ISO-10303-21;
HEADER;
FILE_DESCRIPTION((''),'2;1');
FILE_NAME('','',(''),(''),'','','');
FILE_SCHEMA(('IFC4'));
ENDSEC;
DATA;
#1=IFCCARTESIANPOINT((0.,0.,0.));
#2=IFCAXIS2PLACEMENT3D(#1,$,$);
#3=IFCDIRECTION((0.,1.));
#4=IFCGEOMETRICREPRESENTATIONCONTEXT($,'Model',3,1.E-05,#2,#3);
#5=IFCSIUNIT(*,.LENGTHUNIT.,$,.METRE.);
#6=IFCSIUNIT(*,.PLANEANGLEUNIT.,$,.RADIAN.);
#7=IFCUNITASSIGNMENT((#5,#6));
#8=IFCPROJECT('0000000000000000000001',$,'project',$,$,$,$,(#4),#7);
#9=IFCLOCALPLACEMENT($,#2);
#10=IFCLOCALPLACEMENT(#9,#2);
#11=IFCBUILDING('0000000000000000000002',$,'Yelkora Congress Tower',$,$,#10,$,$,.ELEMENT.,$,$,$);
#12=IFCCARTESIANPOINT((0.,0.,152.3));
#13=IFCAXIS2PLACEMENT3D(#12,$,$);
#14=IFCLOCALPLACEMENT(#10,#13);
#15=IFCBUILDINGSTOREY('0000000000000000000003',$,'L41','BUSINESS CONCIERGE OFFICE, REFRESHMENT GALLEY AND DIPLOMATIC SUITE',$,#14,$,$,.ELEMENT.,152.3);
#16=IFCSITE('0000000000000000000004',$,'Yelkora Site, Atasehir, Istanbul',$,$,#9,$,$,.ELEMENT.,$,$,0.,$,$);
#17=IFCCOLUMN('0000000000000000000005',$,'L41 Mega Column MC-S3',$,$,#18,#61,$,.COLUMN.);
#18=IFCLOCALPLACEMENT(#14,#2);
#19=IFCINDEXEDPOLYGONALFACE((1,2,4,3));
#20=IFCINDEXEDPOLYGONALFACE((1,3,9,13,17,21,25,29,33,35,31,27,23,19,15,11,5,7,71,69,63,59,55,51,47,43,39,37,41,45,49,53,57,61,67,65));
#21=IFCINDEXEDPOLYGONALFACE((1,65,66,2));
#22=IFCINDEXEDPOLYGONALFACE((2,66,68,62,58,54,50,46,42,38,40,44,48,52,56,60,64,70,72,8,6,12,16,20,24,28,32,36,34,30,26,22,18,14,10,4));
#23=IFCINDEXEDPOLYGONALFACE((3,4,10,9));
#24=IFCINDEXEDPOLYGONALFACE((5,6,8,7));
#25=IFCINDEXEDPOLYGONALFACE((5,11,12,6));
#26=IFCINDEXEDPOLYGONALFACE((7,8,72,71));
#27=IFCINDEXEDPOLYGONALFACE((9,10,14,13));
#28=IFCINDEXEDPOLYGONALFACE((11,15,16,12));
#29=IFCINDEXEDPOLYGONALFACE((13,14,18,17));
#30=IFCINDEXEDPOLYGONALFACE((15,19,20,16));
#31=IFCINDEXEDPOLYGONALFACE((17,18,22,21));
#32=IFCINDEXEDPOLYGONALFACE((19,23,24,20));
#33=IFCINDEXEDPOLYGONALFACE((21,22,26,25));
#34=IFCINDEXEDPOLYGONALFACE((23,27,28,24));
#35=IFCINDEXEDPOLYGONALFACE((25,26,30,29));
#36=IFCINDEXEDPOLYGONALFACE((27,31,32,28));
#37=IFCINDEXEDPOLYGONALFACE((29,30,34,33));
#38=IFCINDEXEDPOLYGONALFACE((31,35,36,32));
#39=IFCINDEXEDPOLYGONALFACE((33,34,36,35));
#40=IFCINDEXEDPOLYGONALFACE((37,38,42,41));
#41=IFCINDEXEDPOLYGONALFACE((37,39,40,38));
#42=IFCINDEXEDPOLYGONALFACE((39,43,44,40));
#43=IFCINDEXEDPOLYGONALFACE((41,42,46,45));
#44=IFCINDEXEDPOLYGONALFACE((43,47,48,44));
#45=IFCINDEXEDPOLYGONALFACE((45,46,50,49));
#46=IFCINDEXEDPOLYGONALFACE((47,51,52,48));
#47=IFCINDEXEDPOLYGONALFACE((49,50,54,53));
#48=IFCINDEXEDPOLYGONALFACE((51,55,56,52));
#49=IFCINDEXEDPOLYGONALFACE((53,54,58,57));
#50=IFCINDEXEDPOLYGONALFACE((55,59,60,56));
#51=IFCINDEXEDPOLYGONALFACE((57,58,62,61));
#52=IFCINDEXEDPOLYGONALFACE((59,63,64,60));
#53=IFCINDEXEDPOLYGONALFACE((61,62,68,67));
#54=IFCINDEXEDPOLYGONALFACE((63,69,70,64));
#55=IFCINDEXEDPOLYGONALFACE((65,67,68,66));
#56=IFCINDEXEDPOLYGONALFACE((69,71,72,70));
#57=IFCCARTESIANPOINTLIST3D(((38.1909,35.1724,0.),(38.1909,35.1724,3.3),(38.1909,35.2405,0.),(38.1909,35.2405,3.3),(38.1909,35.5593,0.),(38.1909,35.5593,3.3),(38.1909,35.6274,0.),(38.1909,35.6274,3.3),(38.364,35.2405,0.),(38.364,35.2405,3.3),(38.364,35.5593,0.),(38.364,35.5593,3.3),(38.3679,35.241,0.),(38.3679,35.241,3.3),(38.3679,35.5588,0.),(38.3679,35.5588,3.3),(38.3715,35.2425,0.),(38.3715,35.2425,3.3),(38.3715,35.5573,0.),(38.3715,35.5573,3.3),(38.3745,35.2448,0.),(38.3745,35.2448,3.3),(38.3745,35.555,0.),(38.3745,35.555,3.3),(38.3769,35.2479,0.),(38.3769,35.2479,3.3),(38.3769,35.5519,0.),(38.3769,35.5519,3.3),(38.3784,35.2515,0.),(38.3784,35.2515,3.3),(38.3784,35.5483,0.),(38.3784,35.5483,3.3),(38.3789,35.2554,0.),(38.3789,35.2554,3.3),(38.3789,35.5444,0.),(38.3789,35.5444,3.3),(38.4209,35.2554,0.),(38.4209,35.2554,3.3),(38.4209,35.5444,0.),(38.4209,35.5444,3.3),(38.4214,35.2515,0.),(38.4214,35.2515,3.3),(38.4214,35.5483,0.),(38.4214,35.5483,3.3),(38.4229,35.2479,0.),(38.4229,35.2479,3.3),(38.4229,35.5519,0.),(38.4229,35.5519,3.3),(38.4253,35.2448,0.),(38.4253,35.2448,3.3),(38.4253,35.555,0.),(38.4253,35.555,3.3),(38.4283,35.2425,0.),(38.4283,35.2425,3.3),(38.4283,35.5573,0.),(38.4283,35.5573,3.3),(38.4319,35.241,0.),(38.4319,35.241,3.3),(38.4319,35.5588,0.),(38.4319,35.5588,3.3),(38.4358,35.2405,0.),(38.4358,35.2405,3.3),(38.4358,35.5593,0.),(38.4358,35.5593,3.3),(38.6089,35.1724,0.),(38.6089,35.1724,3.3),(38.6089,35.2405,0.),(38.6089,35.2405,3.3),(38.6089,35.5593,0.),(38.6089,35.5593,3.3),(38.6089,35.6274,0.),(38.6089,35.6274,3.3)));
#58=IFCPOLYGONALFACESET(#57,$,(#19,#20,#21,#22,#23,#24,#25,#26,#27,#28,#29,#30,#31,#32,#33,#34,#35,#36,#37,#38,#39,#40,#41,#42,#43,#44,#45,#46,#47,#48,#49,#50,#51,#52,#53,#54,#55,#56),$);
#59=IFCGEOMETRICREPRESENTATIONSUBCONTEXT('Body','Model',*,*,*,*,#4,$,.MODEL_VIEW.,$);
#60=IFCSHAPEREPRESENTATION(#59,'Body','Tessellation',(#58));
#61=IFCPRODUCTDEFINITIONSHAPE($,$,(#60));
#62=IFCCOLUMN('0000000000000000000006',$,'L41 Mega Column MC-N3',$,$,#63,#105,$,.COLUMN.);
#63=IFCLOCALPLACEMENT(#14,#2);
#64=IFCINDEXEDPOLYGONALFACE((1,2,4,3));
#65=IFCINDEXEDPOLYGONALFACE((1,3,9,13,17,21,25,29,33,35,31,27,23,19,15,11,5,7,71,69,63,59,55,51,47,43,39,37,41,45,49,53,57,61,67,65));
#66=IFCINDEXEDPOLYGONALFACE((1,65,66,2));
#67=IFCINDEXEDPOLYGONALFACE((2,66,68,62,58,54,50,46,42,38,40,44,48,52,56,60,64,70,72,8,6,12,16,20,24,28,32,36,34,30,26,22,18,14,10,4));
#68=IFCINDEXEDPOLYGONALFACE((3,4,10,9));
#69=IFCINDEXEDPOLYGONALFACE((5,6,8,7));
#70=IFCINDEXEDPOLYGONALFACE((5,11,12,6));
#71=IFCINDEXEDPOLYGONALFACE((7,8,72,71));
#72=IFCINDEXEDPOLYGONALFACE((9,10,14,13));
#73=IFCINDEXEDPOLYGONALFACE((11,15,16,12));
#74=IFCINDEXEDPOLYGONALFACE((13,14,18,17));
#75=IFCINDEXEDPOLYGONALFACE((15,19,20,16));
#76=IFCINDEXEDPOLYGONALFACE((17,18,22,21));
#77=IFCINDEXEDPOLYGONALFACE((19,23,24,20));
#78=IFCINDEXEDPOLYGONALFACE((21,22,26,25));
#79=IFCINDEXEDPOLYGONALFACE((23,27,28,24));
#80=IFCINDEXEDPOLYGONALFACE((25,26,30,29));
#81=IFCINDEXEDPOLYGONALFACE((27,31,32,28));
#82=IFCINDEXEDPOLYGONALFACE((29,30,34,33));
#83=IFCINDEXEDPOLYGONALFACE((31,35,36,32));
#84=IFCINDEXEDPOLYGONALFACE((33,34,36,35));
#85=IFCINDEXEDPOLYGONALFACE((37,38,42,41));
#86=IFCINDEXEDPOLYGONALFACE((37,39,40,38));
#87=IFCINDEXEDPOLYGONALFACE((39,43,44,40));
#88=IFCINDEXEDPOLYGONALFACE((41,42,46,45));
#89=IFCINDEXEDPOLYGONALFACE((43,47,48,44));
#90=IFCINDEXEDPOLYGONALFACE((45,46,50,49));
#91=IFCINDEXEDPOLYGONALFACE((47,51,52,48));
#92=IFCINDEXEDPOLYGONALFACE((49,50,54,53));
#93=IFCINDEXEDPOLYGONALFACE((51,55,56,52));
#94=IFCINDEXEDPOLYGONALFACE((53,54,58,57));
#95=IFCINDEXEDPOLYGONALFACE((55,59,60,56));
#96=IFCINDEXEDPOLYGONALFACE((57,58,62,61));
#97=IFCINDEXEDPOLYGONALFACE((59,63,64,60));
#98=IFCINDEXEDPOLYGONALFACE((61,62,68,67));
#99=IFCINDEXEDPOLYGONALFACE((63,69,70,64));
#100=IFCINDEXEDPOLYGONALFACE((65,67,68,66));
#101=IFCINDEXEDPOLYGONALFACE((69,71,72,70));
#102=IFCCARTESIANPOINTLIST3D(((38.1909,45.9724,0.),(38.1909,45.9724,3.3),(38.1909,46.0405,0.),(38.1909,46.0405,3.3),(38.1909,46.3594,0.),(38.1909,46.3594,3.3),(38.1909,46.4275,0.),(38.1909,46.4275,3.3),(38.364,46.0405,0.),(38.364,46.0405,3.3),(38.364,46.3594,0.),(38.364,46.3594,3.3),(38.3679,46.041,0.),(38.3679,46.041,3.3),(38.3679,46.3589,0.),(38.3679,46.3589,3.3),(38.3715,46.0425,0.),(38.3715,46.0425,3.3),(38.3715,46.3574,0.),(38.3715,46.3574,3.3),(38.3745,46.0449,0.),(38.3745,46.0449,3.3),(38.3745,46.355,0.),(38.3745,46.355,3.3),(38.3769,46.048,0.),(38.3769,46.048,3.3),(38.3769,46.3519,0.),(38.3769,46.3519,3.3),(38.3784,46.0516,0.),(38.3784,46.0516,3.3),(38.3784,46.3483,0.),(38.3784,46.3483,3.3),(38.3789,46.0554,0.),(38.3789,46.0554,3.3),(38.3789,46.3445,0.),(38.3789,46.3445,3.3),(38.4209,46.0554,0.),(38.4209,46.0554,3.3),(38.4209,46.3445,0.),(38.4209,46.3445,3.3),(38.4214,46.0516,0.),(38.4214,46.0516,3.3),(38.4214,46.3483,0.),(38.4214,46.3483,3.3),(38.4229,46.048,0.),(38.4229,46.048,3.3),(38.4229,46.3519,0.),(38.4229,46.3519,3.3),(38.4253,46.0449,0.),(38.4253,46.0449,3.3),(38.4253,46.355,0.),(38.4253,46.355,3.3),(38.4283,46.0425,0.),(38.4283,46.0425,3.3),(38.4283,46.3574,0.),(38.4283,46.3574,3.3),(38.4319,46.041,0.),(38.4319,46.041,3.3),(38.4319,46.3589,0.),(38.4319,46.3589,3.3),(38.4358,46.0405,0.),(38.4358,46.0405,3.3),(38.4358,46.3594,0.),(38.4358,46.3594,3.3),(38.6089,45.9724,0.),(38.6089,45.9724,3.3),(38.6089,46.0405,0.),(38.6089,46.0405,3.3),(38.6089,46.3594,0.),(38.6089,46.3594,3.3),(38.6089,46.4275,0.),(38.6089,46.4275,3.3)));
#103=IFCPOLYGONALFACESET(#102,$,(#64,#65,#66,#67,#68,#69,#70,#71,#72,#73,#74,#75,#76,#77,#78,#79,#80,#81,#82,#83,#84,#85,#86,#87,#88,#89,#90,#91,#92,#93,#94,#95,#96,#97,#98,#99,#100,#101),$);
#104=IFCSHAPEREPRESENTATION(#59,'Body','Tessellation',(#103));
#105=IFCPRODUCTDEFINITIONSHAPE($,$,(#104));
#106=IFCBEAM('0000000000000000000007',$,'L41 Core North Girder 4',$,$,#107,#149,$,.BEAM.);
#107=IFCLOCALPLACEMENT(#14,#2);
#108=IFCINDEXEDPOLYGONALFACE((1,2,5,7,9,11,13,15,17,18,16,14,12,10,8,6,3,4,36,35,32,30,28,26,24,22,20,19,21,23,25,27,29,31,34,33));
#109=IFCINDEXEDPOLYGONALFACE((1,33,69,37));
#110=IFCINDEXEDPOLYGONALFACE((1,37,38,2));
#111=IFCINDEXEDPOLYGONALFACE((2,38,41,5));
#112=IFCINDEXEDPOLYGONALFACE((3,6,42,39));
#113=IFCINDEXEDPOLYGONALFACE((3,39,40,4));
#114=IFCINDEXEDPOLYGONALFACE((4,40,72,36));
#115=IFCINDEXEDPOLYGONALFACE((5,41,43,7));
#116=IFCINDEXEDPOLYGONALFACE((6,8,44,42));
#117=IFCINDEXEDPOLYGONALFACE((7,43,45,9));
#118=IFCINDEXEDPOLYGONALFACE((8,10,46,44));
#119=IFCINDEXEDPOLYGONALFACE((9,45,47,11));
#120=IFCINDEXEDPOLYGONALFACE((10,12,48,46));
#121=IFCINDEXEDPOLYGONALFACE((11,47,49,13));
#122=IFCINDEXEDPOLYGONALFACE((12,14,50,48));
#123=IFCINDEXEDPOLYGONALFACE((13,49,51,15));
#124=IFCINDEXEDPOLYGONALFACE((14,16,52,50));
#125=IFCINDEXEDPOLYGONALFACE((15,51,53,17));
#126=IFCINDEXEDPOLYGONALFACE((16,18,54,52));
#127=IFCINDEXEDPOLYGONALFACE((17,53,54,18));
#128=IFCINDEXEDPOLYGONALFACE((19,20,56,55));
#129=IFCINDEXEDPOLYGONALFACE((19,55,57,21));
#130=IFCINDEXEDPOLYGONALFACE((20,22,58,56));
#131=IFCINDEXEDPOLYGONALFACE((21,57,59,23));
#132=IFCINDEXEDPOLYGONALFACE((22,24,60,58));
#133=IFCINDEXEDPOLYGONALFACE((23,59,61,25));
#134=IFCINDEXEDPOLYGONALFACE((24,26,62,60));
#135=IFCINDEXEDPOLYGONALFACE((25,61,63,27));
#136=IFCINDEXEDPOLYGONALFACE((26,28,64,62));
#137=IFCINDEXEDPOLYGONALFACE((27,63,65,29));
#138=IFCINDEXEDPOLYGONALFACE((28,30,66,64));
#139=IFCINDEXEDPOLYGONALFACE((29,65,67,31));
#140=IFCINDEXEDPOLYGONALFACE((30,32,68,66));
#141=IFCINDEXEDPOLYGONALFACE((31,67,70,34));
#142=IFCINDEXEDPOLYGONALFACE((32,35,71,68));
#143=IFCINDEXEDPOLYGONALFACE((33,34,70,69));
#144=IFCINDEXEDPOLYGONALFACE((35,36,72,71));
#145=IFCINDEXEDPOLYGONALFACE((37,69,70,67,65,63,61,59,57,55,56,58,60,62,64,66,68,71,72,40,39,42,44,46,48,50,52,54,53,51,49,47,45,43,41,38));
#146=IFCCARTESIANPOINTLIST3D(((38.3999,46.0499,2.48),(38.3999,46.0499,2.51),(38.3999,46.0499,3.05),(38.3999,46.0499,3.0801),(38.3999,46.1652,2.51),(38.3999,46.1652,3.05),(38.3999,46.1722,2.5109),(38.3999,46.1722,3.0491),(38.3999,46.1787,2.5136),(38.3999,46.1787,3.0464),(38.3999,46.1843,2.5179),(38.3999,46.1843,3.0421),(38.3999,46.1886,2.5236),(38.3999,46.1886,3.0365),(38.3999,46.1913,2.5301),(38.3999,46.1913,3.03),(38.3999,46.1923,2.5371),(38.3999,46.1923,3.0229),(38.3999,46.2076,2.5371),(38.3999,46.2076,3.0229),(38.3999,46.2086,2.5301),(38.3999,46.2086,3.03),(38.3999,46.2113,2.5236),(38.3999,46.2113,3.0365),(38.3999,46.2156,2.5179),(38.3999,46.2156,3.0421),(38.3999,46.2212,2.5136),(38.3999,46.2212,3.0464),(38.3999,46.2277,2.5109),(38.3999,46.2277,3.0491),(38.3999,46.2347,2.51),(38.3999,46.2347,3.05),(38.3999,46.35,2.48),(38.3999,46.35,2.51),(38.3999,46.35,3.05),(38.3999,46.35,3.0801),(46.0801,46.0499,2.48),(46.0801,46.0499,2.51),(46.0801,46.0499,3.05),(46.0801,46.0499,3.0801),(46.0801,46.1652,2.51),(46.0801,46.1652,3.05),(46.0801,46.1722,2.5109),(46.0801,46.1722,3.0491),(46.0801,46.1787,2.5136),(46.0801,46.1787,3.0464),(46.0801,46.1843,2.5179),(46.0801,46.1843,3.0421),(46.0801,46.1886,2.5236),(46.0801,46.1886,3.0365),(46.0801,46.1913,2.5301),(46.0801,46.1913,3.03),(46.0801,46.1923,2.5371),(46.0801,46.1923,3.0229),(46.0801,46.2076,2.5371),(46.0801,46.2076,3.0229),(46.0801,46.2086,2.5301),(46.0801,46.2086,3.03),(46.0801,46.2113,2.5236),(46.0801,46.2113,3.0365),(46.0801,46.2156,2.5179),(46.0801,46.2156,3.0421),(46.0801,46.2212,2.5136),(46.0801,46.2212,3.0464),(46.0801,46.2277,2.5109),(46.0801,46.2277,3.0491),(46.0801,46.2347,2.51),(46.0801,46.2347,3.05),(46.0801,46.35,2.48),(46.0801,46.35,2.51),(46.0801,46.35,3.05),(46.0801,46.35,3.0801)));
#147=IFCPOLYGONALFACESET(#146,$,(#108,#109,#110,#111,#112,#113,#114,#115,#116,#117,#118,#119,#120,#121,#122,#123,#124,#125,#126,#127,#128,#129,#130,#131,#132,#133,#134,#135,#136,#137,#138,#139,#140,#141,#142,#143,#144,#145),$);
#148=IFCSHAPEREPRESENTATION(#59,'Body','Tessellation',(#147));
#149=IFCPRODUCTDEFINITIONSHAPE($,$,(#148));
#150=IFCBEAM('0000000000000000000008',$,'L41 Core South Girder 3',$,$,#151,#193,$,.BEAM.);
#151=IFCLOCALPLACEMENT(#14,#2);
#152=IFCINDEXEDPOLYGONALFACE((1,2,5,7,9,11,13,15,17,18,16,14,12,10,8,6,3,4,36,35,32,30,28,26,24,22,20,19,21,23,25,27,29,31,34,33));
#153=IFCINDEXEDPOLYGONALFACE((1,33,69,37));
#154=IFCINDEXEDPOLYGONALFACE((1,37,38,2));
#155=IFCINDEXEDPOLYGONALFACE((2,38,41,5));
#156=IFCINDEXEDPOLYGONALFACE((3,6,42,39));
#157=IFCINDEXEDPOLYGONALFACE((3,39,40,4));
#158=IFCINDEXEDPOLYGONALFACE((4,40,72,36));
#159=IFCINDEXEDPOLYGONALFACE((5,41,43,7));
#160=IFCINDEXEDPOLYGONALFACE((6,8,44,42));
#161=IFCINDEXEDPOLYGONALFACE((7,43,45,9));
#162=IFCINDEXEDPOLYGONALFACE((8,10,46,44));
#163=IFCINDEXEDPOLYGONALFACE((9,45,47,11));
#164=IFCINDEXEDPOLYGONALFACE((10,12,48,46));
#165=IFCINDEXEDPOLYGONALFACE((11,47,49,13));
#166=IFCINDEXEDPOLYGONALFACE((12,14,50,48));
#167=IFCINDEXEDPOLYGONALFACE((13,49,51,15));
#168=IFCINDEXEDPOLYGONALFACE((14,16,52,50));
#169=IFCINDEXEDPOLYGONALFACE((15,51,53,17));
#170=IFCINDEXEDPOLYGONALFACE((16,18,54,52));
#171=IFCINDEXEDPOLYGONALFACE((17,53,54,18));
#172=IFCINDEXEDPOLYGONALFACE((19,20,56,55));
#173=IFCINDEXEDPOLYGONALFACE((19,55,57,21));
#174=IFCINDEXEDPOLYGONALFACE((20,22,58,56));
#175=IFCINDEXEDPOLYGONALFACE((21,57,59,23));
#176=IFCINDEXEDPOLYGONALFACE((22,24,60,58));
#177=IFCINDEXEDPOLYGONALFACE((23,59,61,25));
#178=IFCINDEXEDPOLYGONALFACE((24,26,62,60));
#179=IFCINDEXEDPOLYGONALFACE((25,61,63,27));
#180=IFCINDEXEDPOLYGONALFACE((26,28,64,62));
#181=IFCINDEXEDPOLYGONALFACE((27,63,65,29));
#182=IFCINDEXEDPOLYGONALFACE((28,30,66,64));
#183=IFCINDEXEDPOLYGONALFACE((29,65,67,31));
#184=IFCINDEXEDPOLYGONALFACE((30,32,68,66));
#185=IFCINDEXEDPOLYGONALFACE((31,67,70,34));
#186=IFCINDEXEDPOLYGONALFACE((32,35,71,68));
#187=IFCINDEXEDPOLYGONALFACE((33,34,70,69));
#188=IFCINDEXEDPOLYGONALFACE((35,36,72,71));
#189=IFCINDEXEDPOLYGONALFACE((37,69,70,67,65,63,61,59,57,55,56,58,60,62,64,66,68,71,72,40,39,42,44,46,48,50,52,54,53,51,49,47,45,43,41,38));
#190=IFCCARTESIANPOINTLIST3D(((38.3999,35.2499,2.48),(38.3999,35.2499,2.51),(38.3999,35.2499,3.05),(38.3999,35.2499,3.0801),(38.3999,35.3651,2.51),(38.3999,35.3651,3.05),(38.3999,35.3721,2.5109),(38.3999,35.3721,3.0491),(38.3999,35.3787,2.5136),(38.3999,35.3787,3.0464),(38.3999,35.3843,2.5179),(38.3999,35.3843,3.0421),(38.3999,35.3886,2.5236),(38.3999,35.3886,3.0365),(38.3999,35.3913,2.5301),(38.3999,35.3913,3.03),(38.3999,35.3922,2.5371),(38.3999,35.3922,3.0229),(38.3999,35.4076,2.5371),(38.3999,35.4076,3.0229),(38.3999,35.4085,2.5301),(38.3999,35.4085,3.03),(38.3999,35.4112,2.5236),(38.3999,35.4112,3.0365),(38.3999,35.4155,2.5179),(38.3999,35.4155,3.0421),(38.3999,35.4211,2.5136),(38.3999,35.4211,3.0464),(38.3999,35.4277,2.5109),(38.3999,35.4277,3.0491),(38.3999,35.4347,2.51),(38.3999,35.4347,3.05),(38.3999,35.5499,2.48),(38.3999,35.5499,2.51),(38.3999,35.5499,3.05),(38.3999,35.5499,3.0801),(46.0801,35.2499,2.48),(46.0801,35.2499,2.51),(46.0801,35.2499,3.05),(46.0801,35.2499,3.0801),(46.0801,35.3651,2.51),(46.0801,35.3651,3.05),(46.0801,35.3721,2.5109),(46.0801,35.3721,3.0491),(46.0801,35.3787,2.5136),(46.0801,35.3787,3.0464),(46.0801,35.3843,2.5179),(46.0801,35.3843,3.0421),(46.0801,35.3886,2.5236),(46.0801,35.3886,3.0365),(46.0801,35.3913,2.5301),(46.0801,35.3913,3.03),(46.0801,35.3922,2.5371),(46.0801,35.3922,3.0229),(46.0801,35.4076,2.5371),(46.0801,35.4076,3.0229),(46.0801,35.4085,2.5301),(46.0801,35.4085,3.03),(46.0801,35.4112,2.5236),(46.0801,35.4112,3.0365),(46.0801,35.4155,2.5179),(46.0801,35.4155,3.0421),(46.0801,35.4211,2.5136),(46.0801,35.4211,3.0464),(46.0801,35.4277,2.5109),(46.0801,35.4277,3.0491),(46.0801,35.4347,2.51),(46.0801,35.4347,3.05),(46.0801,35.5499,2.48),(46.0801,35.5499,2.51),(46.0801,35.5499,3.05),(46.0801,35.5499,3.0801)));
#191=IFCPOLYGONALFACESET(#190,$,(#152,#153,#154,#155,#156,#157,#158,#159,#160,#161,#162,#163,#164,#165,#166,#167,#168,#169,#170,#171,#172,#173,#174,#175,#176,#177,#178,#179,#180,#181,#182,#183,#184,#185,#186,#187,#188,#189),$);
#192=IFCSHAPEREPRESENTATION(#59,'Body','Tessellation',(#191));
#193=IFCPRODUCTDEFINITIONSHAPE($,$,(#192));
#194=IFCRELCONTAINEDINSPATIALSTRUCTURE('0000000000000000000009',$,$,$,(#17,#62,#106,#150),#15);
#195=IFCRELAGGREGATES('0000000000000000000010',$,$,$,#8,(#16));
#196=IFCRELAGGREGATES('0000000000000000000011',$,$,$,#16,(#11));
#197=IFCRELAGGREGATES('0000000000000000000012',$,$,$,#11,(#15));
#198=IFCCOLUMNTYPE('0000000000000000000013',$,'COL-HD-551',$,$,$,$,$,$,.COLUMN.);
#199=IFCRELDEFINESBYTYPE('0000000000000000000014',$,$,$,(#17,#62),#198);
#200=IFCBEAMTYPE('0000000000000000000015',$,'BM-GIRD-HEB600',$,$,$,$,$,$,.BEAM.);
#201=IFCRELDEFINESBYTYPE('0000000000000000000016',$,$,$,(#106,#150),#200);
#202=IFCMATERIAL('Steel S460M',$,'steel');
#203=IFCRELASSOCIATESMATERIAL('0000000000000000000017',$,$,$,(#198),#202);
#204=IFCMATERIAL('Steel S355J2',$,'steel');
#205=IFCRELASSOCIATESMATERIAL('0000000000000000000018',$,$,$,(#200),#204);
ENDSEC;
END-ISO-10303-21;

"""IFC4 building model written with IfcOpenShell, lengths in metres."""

from ifc_helpers import new_model, si_unit, direction, frame, origin, origin_2d, place, context, subcontext, project, spatial, i_section, extrude, material, material_profile, profile_set, type_object, element, save


model = new_model("IFC4")

# Units and contexts
model_context = context("Model", 3, precision=1e-05, world=origin(), true_north=direction((0.0, 1.0)))
body_context = subcontext(model_context, "Body", "Model", "MODEL_VIEW")
ifc_project = project(units=[si_unit("LENGTHUNIT", "METRE"), si_unit("PLANEANGLEUNIT", "RADIAN")], contexts=[model_context])

# Site, building, storey
site_placement = place(None, origin())
site = spatial("IfcSite", under=ifc_project, at=site_placement, Name="Yelkora Site, Atasehir, Istanbul", CompositionType="ELEMENT", RefElevation=0.0)
building_placement = place(site_placement, origin())
building = spatial("IfcBuilding", under=site, at=building_placement, Name="Yelkora Congress Tower", CompositionType="ELEMENT")
storey_placement = place(building_placement, frame((0.0, 0.0, 152.3)))
storey = spatial("IfcBuildingStorey", under=building, at=storey_placement, Name="L41", Description="BUSINESS CONCIERGE OFFICE, REFRESHMENT GALLEY AND DIPLOMATIC SUITE", CompositionType="ELEMENT", Elevation=152.3)

# Columns
ifc_material_1 = material(Name="Steel S460M", Category="steel")
ifc_material_profile_1 = material_profile(ifc_material_1, i_section(OverallWidth=0.418, OverallDepth=0.4551, WebThickness=0.042, FlangeThickness=0.0681, FilletRadius=0.0149, at=origin_2d()), Name="HD 400x551")
ifc_profile_set_1 = profile_set([ifc_material_profile_1], Name="Steel S460M")
column_type = type_object("IfcColumnType", Name="COL-HD-551", PredefinedType="COLUMN", material=ifc_profile_set_1)
for number, where, z_axis, x_axis, name in (
    (1, (38.3999, 35.3999, 0.0), (0.0, 0.0, 1.0), (1.0, 0.0, 0.0), "L41 Mega Column MC-S3"),
    (2, (38.3999, 46.2, 0.0), (0.0, 0.0, 1.0), (1.0, 0.0, 0.0), "L41 Mega Column MC-N3"),
):
    element("IfcColumn", number, at=place(storey_placement, frame(where, z_axis=z_axis, x_axis=x_axis)), inside=storey, type_object=column_type, Name=name, PredefinedType="COLUMN", context=body_context, shape_type="SweptSolid", body=[
        extrude(i_section(OverallWidth=0.418, OverallDepth=0.4551, WebThickness=0.042, FlangeThickness=0.0681, FilletRadius=0.0149, at=origin_2d()), origin(), (0.0, 0.0, 1.0), 3.3),
    ])

# Beams
ifc_material_2 = material(Name="Steel S355J2", Category="steel")
ifc_material_profile_2 = material_profile(ifc_material_2, i_section(OverallWidth=0.3, OverallDepth=0.6001, WebThickness=0.0154, FlangeThickness=0.03, FilletRadius=0.0271, at=origin_2d()), Name="HEB 600")
ifc_profile_set_2 = profile_set([ifc_material_profile_2], Name="Steel S355J2")
beam_type = type_object("IfcBeamType", Name="BM-GIRD-HEB600", PredefinedType="BEAM", material=ifc_profile_set_2)
for number, where, z_axis, x_axis, name in (
    (3, (38.3999, 46.2, 2.78), (1.0, 0.0, 0.0), (0.0, 1.0, 0.0), "L41 Core North Girder 4"),
    (4, (38.3999, 35.3999, 2.78), (1.0, 0.0, 0.0), (0.0, 1.0, 0.0), "L41 Core South Girder 3"),
):
    element("IfcBeam", number, at=place(storey_placement, frame(where, z_axis=z_axis, x_axis=x_axis)), inside=storey, type_object=beam_type, Name=name, PredefinedType="BEAM", context=body_context, shape_type="SweptSolid", body=[
        extrude(i_section(OverallWidth=0.3, OverallDepth=0.6001, WebThickness=0.0154, FlangeThickness=0.03, FilletRadius=0.0271, at=origin_2d()), origin(), (0.0, 0.0, 1.0), 7.6802),
    ])

save(model, "model.ifc")
